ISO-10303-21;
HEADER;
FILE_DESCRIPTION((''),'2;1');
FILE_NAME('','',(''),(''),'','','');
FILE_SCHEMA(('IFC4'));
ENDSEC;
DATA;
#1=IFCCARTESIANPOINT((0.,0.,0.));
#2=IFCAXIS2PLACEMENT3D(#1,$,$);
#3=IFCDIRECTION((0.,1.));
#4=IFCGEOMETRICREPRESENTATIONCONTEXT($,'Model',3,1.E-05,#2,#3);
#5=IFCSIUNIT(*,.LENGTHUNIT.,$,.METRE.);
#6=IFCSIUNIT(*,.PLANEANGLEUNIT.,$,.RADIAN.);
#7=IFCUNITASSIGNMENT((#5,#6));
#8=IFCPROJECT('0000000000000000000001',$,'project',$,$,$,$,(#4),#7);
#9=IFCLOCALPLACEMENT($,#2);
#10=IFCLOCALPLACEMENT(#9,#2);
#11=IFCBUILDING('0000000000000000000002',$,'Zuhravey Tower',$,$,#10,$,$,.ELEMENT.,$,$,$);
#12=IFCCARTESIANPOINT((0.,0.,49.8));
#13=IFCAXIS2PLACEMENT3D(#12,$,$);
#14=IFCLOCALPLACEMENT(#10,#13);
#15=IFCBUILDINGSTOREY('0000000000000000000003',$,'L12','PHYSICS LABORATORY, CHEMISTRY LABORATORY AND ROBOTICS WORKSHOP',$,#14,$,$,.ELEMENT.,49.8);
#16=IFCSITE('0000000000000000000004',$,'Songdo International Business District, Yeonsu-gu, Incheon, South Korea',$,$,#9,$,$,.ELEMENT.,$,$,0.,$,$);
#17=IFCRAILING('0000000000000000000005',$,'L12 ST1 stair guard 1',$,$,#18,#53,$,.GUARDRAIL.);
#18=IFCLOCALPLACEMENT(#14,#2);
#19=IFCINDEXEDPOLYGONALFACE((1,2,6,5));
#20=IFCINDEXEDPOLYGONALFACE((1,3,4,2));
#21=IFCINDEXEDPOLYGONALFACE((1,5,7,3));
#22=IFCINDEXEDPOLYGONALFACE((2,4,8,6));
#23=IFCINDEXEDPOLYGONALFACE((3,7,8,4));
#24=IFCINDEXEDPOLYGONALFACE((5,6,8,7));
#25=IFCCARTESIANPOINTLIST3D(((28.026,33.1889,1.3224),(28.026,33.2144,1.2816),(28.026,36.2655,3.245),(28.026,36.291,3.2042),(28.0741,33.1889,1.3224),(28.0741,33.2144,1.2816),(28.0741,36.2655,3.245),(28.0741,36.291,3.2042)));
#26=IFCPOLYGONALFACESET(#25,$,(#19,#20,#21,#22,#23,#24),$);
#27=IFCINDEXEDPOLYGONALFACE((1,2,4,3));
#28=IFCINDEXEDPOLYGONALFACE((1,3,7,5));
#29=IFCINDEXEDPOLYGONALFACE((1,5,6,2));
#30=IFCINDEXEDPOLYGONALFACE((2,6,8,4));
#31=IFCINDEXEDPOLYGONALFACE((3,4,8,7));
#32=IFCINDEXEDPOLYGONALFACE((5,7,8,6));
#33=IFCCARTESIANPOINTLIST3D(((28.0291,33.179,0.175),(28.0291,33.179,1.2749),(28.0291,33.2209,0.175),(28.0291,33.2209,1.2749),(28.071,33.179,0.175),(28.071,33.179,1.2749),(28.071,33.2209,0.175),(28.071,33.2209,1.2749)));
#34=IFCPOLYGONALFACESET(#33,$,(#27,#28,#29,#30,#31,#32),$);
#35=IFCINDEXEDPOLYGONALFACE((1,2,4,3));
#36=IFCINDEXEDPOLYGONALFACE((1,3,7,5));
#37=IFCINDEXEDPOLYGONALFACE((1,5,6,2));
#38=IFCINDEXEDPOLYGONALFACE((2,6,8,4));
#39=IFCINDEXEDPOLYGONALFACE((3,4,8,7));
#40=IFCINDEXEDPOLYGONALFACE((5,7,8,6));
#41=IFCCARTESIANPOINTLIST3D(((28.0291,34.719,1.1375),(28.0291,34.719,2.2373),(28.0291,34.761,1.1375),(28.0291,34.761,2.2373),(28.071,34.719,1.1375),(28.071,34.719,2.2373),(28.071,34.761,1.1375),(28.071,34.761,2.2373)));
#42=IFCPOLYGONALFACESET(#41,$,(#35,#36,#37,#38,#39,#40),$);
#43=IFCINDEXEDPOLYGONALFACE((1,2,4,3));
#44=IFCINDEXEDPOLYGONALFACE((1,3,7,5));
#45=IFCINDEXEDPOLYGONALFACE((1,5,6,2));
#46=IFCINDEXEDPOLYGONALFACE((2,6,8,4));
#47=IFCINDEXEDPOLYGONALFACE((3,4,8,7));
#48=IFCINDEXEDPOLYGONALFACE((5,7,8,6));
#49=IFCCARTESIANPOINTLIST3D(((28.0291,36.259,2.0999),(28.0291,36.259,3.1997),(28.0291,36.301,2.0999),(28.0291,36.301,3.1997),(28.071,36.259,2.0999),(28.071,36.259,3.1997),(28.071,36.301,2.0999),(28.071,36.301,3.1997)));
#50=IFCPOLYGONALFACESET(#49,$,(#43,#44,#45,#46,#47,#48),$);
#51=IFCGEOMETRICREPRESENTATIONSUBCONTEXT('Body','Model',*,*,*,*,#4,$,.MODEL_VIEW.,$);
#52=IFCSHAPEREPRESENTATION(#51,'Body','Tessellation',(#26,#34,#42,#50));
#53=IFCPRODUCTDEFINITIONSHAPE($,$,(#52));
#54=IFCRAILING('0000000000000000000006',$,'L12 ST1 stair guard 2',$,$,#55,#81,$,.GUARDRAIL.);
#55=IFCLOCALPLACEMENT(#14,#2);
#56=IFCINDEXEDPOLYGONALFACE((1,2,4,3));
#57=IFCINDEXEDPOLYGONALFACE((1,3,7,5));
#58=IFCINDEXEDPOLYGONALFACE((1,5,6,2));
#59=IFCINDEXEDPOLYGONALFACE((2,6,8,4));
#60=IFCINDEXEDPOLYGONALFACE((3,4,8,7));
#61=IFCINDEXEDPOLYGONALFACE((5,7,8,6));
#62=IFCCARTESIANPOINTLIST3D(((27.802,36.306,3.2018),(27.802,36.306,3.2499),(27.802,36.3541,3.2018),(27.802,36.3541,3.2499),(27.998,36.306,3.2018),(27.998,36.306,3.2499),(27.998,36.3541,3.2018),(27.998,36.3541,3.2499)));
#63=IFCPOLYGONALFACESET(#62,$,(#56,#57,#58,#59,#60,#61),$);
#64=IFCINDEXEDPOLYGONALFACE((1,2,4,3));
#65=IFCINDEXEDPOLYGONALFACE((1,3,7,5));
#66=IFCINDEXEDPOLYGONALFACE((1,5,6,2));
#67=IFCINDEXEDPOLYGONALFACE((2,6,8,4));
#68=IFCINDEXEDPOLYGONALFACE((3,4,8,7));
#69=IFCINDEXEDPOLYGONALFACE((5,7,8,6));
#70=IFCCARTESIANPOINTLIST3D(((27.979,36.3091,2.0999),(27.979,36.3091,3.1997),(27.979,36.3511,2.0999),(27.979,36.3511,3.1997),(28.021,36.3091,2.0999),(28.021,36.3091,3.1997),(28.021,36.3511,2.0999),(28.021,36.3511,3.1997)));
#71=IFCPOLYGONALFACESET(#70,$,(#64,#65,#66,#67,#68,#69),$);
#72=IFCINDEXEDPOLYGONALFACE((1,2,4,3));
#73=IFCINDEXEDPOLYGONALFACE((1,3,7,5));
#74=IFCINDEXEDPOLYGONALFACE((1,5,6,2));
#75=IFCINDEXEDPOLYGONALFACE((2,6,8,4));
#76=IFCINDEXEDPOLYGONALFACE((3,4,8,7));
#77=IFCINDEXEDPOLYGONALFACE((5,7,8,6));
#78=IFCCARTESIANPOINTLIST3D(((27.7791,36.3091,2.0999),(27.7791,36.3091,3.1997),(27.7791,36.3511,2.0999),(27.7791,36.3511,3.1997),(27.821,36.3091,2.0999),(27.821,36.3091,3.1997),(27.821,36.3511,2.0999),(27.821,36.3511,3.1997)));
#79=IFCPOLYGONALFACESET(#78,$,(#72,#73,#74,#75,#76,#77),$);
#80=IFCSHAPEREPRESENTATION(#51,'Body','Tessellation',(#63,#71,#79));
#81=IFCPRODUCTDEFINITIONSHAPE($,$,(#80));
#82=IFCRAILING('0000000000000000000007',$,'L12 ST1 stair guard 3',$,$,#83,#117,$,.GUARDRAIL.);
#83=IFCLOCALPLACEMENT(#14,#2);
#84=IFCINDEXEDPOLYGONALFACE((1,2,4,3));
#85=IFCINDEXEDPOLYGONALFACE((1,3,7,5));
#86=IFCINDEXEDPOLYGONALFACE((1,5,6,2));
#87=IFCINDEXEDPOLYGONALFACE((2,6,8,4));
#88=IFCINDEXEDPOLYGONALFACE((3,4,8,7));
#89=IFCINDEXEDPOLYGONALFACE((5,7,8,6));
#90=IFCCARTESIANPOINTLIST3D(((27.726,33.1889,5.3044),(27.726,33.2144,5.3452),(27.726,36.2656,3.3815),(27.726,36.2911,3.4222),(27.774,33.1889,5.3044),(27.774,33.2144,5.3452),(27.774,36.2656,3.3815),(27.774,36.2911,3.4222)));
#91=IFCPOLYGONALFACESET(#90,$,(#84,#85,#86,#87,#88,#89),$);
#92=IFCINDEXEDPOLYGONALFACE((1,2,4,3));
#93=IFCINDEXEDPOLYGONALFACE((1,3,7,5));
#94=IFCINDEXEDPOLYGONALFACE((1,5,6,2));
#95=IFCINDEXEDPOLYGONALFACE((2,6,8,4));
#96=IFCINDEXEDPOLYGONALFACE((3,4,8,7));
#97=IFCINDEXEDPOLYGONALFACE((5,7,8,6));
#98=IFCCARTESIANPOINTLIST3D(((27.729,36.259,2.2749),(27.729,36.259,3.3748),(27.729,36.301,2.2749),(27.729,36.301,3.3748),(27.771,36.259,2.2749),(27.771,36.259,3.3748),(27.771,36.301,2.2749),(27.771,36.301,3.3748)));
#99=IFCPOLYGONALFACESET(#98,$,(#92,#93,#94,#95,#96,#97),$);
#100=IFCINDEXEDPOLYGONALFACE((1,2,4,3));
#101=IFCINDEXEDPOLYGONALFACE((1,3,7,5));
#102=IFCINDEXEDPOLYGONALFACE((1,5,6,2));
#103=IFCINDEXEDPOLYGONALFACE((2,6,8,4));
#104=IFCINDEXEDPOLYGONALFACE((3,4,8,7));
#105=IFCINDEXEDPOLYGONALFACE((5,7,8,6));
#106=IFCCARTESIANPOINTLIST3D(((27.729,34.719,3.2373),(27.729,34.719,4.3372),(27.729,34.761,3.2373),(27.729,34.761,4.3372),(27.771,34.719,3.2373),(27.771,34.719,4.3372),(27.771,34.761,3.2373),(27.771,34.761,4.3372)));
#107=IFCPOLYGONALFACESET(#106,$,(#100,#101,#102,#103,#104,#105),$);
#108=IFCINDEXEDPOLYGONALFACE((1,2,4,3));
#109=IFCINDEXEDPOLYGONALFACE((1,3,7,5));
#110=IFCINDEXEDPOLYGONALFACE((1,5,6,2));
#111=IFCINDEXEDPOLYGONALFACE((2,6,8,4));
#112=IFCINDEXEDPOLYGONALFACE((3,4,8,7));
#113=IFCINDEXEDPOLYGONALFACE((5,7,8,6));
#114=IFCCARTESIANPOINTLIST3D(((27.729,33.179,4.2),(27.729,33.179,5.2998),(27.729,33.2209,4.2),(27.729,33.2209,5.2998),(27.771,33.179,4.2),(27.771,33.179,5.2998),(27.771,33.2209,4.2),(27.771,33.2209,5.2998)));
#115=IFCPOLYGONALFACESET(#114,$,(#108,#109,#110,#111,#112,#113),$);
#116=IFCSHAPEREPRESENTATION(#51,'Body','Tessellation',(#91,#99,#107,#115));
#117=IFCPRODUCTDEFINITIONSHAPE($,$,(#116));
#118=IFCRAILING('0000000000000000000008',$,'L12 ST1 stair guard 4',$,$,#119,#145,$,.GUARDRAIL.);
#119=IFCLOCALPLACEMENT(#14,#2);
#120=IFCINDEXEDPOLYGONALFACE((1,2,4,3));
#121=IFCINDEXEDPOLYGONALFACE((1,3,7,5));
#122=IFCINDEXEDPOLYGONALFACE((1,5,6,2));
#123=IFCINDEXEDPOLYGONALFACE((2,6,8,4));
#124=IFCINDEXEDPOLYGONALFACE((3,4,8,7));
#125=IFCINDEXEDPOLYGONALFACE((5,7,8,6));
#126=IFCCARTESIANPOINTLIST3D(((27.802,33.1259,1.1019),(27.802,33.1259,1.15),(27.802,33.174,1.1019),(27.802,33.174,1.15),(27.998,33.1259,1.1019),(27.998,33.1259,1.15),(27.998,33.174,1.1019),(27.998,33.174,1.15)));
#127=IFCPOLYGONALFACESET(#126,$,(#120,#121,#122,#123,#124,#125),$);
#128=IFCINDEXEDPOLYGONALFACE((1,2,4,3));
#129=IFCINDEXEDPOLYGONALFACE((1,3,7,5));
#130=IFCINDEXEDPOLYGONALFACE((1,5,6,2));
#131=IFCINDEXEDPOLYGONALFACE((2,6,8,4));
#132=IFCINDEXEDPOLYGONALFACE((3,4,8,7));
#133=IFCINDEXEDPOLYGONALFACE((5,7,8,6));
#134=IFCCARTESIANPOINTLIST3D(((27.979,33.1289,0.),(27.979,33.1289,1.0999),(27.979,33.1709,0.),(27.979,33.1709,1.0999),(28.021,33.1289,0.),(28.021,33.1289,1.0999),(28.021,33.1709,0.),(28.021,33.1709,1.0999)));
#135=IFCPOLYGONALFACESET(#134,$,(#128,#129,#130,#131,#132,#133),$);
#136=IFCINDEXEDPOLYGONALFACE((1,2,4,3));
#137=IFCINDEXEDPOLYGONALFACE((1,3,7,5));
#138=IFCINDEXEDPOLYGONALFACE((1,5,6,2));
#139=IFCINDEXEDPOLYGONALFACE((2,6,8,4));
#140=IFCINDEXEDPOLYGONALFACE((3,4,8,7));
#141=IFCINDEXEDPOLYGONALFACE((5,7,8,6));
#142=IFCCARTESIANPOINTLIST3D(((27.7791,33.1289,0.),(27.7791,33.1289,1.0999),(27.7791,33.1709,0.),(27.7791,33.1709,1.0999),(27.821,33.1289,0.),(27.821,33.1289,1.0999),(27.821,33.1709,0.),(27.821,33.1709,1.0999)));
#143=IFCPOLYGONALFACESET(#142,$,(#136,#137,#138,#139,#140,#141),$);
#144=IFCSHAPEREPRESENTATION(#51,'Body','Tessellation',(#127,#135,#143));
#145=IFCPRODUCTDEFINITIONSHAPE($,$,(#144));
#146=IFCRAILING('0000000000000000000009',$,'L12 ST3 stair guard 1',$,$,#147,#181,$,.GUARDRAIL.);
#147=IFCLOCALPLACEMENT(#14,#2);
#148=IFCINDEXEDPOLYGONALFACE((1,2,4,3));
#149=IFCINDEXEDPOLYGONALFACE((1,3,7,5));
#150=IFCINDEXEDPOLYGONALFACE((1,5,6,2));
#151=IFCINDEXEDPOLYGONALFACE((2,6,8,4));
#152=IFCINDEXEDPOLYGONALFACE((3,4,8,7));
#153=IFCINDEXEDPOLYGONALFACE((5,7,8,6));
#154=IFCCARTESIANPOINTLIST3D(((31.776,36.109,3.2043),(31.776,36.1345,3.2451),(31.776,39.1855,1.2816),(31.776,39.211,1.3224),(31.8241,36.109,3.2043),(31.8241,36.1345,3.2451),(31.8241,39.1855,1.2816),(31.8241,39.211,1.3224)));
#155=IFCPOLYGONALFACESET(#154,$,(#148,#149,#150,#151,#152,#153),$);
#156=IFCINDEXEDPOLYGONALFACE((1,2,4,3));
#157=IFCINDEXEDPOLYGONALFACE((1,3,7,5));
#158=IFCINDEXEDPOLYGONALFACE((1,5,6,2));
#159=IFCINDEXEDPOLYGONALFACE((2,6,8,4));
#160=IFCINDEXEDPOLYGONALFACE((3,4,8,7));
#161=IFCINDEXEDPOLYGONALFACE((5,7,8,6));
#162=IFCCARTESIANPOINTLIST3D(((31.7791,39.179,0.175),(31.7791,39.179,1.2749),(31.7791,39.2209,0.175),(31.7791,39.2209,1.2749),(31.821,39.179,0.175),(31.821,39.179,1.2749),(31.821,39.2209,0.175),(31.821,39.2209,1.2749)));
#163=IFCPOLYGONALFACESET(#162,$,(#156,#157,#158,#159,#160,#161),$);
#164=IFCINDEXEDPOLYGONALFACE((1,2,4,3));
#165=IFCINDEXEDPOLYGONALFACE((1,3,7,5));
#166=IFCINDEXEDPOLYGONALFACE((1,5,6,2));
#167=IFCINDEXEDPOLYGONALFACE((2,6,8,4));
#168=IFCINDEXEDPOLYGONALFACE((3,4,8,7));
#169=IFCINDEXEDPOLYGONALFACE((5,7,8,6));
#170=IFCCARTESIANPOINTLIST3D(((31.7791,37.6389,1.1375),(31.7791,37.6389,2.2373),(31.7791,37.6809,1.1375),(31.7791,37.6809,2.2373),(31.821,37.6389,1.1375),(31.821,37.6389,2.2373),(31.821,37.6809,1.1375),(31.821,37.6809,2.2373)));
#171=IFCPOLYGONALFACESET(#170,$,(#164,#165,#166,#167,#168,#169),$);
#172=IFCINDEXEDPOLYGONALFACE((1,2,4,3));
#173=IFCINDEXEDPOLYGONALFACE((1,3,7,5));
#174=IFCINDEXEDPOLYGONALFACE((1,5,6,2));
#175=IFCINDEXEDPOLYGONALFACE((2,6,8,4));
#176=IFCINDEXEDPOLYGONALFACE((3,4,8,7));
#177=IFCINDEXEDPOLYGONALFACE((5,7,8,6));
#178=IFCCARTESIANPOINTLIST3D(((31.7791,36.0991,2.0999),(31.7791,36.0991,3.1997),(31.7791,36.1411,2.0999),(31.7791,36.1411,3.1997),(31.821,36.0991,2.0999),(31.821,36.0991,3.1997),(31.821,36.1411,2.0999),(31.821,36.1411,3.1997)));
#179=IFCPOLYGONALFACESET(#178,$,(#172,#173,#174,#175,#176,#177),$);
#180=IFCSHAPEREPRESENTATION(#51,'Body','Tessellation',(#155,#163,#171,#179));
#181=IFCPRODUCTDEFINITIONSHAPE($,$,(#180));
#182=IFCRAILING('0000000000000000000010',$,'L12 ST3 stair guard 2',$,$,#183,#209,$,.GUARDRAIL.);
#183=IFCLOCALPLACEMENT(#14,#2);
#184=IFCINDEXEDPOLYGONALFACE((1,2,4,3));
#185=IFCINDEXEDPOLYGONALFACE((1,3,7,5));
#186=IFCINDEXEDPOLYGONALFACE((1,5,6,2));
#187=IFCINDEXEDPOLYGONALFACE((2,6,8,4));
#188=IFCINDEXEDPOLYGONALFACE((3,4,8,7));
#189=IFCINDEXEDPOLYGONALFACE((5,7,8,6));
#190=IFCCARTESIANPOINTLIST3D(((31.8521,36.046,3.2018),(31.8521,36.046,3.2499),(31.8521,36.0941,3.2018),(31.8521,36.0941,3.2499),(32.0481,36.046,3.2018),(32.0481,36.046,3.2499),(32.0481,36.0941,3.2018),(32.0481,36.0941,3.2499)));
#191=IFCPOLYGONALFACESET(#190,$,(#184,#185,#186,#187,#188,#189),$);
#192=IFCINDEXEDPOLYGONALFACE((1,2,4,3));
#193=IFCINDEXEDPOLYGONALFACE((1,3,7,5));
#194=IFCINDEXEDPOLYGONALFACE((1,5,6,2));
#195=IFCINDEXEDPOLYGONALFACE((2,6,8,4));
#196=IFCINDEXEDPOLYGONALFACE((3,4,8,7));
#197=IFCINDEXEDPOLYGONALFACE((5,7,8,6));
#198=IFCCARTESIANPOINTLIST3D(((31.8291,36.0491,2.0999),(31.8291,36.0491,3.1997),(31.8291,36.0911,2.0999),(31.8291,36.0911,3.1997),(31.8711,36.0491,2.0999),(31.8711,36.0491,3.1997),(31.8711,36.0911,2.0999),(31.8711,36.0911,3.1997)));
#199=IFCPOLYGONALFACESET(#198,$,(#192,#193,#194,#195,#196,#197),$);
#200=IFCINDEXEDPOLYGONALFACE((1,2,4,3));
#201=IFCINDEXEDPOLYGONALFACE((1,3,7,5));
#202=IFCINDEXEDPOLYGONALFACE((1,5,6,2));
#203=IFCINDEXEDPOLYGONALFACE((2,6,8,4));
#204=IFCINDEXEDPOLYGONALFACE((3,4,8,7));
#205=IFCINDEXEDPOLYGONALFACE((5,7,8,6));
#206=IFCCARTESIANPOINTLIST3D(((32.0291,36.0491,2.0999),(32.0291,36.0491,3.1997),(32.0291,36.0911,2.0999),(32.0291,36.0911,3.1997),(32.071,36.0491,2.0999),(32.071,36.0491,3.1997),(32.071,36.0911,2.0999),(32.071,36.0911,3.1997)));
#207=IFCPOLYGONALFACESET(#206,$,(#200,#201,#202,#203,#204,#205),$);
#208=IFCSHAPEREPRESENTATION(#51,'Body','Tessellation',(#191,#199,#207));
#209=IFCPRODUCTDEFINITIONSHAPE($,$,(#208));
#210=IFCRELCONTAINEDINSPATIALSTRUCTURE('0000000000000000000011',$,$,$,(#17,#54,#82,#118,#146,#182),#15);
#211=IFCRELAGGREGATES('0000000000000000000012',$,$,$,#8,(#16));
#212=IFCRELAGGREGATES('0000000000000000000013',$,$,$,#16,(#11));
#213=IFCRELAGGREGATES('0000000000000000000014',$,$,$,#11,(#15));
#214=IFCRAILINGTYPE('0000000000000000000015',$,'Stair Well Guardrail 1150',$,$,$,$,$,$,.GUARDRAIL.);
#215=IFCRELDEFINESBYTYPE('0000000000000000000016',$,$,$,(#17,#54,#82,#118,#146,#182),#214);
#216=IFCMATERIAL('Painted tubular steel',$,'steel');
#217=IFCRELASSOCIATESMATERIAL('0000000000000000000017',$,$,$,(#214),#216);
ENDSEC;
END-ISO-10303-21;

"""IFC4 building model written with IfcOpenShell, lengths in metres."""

from ifc_helpers import new_model, si_unit, direction, frame, origin, origin_2d, place, context, subcontext, project, spatial, rectangle, extrude, material, type_object, element, save


model = new_model("IFC4")

# Units and contexts
model_context = context("Model", 3, precision=1e-05, world=origin(), true_north=direction((0.0, 1.0)))
body_context = subcontext(model_context, "Body", "Model", "MODEL_VIEW")
ifc_project = project(units=[si_unit("LENGTHUNIT", "METRE"), si_unit("PLANEANGLEUNIT", "RADIAN")], contexts=[model_context])

# Site, building, storey
site_placement = place(None, origin())
site = spatial("IfcSite", under=ifc_project, at=site_placement, Name="Songdo International Business District, Yeonsu-gu, Incheon, South Korea", CompositionType="ELEMENT", RefElevation=0.0)
building_placement = place(site_placement, origin())
building = spatial("IfcBuilding", under=site, at=building_placement, Name="Zuhravey Tower", CompositionType="ELEMENT")
storey_placement = place(building_placement, frame((0.0, 0.0, 49.8)))
storey = spatial("IfcBuildingStorey", under=building, at=storey_placement, Name="L12", Description="PHYSICS LABORATORY, CHEMISTRY LABORATORY AND ROBOTICS WORKSHOP", CompositionType="ELEMENT", Elevation=49.8)

# Railings
ifc_material_1 = material(Name="Painted tubular steel", Category="steel")
railing_type_1 = type_object("IfcRailingType", Name="Stair Well Guardrail 1150", PredefinedType="GUARDRAIL", material=ifc_material_1)
railing_1_placement = place(storey_placement, frame((28.05, 33.2, 0.175)))
element("IfcRailing", 1, at=railing_1_placement, inside=storey, type_object=railing_type_1, Name="L12 ST1 stair guard 1", PredefinedType="GUARDRAIL", context=body_context, shape_type="SweptSolid", body=[
    extrude(rectangle(XDim=0.0481, YDim=0.0481, at=origin_2d()), frame((0.0, 0.0017, 1.127), z_axis=(0.0, 0.848029, 0.529951), x_axis=(-1.0, 0.0, 0.0)), (0.0, 0.0, 1.0), 3.6279),
    extrude(rectangle(XDim=0.042, YDim=0.042, at=origin_2d()), origin(), (0.0, 0.0, 1.0), 1.0999),
    extrude(rectangle(XDim=0.042, YDim=0.042, at=origin_2d()), frame((0.0, 1.54, 0.9624)), (0.0, 0.0, 1.0), 1.0999),
    extrude(rectangle(XDim=0.042, YDim=0.042, at=origin_2d()), frame((0.0, 3.0801, 1.9248)), (0.0, 0.0, 1.0), 1.0999),
])
railing_2_placement = place(storey_placement, frame((28.0, 36.3301, 2.0999)))
element("IfcRailing", 2, at=railing_2_placement, inside=storey, type_object=railing_type_1, Name="L12 ST1 stair guard 2", PredefinedType="GUARDRAIL", context=body_context, shape_type="SweptSolid", body=[
    extrude(rectangle(XDim=0.0481, YDim=0.0481, at=origin_2d()), frame((-0.002, 0.0, 1.126), z_axis=(-1.0, 0.0, 0.0), x_axis=(0.0, -1.0, 0.0)), (0.0, 0.0, 1.0), 0.196),
    extrude(rectangle(XDim=0.042, YDim=0.042, at=origin_2d()), origin(), (0.0, 0.0, 1.0), 1.0999),
    extrude(rectangle(XDim=0.042, YDim=0.042, at=origin_2d()), frame((-0.2, 0.0, 0.0)), (0.0, 0.0, 1.0), 1.0999),
])
railing_3_placement = place(storey_placement, frame((27.75, 36.28, 2.2749)))
element("IfcRailing", 3, at=railing_3_placement, inside=storey, type_object=railing_type_1, Name="L12 ST1 stair guard 3", PredefinedType="GUARDRAIL", context=body_context, shape_type="SweptSolid", body=[
    extrude(rectangle(XDim=0.0481, YDim=0.0481, at=origin_2d()), frame((0.0, -0.0017, 1.127), z_axis=(0.0, -0.847998, 0.529999), x_axis=(1.0, 0.0, 0.0)), (0.0, 0.0, 1.0), 3.6282),
    extrude(rectangle(XDim=0.042, YDim=0.042, at=origin_2d()), origin(), (0.0, 0.0, 1.0), 1.0999),
    extrude(rectangle(XDim=0.042, YDim=0.042, at=origin_2d()), frame((0.0, -1.54, 0.9624)), (0.0, 0.0, 1.0), 1.0999),
    extrude(rectangle(XDim=0.042, YDim=0.042, at=origin_2d()), frame((0.0, -3.0801, 1.925)), (0.0, 0.0, 1.0), 1.0999),
])
railing_4_placement = place(storey_placement, frame((28.0, 33.1499, 0.0)))
element("IfcRailing", 4, at=railing_4_placement, inside=storey, type_object=railing_type_1, Name="L12 ST1 stair guard 4", PredefinedType="GUARDRAIL", context=body_context, shape_type="SweptSolid", body=[
    extrude(rectangle(XDim=0.0481, YDim=0.0481, at=origin_2d()), frame((-0.002, 0.0, 1.126), z_axis=(-1.0, 0.0, 0.0), x_axis=(0.0, -1.0, 0.0)), (0.0, 0.0, 1.0), 0.196),
    extrude(rectangle(XDim=0.042, YDim=0.042, at=origin_2d()), origin(), (0.0, 0.0, 1.0), 1.0999),
    extrude(rectangle(XDim=0.042, YDim=0.042, at=origin_2d()), frame((-0.2, 0.0, 0.0)), (0.0, 0.0, 1.0), 1.0999),
])
railing_5_placement = place(storey_placement, frame((31.8, 39.2, 0.175)))
element("IfcRailing", 5, at=railing_5_placement, inside=storey, type_object=railing_type_1, Name="L12 ST3 stair guard 1", PredefinedType="GUARDRAIL", context=body_context, shape_type="SweptSolid", body=[
    extrude(rectangle(XDim=0.0481, YDim=0.0481, at=origin_2d()), frame((0.0, -0.0017, 1.127), z_axis=(0.0, -0.84801, 0.529981), x_axis=(1.0, 0.0, 0.0)), (0.0, 0.0, 1.0), 3.6279),
    extrude(rectangle(XDim=0.042, YDim=0.042, at=origin_2d()), origin(), (0.0, 0.0, 1.0), 1.0999),
    extrude(rectangle(XDim=0.042, YDim=0.042, at=origin_2d()), frame((0.0, -1.54, 0.9624)), (0.0, 0.0, 1.0), 1.0999),
    extrude(rectangle(XDim=0.042, YDim=0.042, at=origin_2d()), frame((0.0, -3.0798, 1.9248)), (0.0, 0.0, 1.0), 1.0999),
])
railing_6_placement = place(storey_placement, frame((31.8501, 36.0701, 2.0999)))
element("IfcRailing", 6, at=railing_6_placement, inside=storey, type_object=railing_type_1, Name="L12 ST3 stair guard 2", PredefinedType="GUARDRAIL", context=body_context, shape_type="SweptSolid", body=[
    extrude(rectangle(XDim=0.0481, YDim=0.0481, at=origin_2d()), frame((0.002, 0.0, 1.126), z_axis=(1.0, 0.0, 0.0), x_axis=(0.0, 1.0, 0.0)), (0.0, 0.0, 1.0), 0.196),
    extrude(rectangle(XDim=0.042, YDim=0.042, at=origin_2d()), origin(), (0.0, 0.0, 1.0), 1.0999),
    extrude(rectangle(XDim=0.042, YDim=0.042, at=origin_2d()), frame((0.2, 0.0, 0.0)), (0.0, 0.0, 1.0), 1.0999),
])

save(model, "model.ifc")
